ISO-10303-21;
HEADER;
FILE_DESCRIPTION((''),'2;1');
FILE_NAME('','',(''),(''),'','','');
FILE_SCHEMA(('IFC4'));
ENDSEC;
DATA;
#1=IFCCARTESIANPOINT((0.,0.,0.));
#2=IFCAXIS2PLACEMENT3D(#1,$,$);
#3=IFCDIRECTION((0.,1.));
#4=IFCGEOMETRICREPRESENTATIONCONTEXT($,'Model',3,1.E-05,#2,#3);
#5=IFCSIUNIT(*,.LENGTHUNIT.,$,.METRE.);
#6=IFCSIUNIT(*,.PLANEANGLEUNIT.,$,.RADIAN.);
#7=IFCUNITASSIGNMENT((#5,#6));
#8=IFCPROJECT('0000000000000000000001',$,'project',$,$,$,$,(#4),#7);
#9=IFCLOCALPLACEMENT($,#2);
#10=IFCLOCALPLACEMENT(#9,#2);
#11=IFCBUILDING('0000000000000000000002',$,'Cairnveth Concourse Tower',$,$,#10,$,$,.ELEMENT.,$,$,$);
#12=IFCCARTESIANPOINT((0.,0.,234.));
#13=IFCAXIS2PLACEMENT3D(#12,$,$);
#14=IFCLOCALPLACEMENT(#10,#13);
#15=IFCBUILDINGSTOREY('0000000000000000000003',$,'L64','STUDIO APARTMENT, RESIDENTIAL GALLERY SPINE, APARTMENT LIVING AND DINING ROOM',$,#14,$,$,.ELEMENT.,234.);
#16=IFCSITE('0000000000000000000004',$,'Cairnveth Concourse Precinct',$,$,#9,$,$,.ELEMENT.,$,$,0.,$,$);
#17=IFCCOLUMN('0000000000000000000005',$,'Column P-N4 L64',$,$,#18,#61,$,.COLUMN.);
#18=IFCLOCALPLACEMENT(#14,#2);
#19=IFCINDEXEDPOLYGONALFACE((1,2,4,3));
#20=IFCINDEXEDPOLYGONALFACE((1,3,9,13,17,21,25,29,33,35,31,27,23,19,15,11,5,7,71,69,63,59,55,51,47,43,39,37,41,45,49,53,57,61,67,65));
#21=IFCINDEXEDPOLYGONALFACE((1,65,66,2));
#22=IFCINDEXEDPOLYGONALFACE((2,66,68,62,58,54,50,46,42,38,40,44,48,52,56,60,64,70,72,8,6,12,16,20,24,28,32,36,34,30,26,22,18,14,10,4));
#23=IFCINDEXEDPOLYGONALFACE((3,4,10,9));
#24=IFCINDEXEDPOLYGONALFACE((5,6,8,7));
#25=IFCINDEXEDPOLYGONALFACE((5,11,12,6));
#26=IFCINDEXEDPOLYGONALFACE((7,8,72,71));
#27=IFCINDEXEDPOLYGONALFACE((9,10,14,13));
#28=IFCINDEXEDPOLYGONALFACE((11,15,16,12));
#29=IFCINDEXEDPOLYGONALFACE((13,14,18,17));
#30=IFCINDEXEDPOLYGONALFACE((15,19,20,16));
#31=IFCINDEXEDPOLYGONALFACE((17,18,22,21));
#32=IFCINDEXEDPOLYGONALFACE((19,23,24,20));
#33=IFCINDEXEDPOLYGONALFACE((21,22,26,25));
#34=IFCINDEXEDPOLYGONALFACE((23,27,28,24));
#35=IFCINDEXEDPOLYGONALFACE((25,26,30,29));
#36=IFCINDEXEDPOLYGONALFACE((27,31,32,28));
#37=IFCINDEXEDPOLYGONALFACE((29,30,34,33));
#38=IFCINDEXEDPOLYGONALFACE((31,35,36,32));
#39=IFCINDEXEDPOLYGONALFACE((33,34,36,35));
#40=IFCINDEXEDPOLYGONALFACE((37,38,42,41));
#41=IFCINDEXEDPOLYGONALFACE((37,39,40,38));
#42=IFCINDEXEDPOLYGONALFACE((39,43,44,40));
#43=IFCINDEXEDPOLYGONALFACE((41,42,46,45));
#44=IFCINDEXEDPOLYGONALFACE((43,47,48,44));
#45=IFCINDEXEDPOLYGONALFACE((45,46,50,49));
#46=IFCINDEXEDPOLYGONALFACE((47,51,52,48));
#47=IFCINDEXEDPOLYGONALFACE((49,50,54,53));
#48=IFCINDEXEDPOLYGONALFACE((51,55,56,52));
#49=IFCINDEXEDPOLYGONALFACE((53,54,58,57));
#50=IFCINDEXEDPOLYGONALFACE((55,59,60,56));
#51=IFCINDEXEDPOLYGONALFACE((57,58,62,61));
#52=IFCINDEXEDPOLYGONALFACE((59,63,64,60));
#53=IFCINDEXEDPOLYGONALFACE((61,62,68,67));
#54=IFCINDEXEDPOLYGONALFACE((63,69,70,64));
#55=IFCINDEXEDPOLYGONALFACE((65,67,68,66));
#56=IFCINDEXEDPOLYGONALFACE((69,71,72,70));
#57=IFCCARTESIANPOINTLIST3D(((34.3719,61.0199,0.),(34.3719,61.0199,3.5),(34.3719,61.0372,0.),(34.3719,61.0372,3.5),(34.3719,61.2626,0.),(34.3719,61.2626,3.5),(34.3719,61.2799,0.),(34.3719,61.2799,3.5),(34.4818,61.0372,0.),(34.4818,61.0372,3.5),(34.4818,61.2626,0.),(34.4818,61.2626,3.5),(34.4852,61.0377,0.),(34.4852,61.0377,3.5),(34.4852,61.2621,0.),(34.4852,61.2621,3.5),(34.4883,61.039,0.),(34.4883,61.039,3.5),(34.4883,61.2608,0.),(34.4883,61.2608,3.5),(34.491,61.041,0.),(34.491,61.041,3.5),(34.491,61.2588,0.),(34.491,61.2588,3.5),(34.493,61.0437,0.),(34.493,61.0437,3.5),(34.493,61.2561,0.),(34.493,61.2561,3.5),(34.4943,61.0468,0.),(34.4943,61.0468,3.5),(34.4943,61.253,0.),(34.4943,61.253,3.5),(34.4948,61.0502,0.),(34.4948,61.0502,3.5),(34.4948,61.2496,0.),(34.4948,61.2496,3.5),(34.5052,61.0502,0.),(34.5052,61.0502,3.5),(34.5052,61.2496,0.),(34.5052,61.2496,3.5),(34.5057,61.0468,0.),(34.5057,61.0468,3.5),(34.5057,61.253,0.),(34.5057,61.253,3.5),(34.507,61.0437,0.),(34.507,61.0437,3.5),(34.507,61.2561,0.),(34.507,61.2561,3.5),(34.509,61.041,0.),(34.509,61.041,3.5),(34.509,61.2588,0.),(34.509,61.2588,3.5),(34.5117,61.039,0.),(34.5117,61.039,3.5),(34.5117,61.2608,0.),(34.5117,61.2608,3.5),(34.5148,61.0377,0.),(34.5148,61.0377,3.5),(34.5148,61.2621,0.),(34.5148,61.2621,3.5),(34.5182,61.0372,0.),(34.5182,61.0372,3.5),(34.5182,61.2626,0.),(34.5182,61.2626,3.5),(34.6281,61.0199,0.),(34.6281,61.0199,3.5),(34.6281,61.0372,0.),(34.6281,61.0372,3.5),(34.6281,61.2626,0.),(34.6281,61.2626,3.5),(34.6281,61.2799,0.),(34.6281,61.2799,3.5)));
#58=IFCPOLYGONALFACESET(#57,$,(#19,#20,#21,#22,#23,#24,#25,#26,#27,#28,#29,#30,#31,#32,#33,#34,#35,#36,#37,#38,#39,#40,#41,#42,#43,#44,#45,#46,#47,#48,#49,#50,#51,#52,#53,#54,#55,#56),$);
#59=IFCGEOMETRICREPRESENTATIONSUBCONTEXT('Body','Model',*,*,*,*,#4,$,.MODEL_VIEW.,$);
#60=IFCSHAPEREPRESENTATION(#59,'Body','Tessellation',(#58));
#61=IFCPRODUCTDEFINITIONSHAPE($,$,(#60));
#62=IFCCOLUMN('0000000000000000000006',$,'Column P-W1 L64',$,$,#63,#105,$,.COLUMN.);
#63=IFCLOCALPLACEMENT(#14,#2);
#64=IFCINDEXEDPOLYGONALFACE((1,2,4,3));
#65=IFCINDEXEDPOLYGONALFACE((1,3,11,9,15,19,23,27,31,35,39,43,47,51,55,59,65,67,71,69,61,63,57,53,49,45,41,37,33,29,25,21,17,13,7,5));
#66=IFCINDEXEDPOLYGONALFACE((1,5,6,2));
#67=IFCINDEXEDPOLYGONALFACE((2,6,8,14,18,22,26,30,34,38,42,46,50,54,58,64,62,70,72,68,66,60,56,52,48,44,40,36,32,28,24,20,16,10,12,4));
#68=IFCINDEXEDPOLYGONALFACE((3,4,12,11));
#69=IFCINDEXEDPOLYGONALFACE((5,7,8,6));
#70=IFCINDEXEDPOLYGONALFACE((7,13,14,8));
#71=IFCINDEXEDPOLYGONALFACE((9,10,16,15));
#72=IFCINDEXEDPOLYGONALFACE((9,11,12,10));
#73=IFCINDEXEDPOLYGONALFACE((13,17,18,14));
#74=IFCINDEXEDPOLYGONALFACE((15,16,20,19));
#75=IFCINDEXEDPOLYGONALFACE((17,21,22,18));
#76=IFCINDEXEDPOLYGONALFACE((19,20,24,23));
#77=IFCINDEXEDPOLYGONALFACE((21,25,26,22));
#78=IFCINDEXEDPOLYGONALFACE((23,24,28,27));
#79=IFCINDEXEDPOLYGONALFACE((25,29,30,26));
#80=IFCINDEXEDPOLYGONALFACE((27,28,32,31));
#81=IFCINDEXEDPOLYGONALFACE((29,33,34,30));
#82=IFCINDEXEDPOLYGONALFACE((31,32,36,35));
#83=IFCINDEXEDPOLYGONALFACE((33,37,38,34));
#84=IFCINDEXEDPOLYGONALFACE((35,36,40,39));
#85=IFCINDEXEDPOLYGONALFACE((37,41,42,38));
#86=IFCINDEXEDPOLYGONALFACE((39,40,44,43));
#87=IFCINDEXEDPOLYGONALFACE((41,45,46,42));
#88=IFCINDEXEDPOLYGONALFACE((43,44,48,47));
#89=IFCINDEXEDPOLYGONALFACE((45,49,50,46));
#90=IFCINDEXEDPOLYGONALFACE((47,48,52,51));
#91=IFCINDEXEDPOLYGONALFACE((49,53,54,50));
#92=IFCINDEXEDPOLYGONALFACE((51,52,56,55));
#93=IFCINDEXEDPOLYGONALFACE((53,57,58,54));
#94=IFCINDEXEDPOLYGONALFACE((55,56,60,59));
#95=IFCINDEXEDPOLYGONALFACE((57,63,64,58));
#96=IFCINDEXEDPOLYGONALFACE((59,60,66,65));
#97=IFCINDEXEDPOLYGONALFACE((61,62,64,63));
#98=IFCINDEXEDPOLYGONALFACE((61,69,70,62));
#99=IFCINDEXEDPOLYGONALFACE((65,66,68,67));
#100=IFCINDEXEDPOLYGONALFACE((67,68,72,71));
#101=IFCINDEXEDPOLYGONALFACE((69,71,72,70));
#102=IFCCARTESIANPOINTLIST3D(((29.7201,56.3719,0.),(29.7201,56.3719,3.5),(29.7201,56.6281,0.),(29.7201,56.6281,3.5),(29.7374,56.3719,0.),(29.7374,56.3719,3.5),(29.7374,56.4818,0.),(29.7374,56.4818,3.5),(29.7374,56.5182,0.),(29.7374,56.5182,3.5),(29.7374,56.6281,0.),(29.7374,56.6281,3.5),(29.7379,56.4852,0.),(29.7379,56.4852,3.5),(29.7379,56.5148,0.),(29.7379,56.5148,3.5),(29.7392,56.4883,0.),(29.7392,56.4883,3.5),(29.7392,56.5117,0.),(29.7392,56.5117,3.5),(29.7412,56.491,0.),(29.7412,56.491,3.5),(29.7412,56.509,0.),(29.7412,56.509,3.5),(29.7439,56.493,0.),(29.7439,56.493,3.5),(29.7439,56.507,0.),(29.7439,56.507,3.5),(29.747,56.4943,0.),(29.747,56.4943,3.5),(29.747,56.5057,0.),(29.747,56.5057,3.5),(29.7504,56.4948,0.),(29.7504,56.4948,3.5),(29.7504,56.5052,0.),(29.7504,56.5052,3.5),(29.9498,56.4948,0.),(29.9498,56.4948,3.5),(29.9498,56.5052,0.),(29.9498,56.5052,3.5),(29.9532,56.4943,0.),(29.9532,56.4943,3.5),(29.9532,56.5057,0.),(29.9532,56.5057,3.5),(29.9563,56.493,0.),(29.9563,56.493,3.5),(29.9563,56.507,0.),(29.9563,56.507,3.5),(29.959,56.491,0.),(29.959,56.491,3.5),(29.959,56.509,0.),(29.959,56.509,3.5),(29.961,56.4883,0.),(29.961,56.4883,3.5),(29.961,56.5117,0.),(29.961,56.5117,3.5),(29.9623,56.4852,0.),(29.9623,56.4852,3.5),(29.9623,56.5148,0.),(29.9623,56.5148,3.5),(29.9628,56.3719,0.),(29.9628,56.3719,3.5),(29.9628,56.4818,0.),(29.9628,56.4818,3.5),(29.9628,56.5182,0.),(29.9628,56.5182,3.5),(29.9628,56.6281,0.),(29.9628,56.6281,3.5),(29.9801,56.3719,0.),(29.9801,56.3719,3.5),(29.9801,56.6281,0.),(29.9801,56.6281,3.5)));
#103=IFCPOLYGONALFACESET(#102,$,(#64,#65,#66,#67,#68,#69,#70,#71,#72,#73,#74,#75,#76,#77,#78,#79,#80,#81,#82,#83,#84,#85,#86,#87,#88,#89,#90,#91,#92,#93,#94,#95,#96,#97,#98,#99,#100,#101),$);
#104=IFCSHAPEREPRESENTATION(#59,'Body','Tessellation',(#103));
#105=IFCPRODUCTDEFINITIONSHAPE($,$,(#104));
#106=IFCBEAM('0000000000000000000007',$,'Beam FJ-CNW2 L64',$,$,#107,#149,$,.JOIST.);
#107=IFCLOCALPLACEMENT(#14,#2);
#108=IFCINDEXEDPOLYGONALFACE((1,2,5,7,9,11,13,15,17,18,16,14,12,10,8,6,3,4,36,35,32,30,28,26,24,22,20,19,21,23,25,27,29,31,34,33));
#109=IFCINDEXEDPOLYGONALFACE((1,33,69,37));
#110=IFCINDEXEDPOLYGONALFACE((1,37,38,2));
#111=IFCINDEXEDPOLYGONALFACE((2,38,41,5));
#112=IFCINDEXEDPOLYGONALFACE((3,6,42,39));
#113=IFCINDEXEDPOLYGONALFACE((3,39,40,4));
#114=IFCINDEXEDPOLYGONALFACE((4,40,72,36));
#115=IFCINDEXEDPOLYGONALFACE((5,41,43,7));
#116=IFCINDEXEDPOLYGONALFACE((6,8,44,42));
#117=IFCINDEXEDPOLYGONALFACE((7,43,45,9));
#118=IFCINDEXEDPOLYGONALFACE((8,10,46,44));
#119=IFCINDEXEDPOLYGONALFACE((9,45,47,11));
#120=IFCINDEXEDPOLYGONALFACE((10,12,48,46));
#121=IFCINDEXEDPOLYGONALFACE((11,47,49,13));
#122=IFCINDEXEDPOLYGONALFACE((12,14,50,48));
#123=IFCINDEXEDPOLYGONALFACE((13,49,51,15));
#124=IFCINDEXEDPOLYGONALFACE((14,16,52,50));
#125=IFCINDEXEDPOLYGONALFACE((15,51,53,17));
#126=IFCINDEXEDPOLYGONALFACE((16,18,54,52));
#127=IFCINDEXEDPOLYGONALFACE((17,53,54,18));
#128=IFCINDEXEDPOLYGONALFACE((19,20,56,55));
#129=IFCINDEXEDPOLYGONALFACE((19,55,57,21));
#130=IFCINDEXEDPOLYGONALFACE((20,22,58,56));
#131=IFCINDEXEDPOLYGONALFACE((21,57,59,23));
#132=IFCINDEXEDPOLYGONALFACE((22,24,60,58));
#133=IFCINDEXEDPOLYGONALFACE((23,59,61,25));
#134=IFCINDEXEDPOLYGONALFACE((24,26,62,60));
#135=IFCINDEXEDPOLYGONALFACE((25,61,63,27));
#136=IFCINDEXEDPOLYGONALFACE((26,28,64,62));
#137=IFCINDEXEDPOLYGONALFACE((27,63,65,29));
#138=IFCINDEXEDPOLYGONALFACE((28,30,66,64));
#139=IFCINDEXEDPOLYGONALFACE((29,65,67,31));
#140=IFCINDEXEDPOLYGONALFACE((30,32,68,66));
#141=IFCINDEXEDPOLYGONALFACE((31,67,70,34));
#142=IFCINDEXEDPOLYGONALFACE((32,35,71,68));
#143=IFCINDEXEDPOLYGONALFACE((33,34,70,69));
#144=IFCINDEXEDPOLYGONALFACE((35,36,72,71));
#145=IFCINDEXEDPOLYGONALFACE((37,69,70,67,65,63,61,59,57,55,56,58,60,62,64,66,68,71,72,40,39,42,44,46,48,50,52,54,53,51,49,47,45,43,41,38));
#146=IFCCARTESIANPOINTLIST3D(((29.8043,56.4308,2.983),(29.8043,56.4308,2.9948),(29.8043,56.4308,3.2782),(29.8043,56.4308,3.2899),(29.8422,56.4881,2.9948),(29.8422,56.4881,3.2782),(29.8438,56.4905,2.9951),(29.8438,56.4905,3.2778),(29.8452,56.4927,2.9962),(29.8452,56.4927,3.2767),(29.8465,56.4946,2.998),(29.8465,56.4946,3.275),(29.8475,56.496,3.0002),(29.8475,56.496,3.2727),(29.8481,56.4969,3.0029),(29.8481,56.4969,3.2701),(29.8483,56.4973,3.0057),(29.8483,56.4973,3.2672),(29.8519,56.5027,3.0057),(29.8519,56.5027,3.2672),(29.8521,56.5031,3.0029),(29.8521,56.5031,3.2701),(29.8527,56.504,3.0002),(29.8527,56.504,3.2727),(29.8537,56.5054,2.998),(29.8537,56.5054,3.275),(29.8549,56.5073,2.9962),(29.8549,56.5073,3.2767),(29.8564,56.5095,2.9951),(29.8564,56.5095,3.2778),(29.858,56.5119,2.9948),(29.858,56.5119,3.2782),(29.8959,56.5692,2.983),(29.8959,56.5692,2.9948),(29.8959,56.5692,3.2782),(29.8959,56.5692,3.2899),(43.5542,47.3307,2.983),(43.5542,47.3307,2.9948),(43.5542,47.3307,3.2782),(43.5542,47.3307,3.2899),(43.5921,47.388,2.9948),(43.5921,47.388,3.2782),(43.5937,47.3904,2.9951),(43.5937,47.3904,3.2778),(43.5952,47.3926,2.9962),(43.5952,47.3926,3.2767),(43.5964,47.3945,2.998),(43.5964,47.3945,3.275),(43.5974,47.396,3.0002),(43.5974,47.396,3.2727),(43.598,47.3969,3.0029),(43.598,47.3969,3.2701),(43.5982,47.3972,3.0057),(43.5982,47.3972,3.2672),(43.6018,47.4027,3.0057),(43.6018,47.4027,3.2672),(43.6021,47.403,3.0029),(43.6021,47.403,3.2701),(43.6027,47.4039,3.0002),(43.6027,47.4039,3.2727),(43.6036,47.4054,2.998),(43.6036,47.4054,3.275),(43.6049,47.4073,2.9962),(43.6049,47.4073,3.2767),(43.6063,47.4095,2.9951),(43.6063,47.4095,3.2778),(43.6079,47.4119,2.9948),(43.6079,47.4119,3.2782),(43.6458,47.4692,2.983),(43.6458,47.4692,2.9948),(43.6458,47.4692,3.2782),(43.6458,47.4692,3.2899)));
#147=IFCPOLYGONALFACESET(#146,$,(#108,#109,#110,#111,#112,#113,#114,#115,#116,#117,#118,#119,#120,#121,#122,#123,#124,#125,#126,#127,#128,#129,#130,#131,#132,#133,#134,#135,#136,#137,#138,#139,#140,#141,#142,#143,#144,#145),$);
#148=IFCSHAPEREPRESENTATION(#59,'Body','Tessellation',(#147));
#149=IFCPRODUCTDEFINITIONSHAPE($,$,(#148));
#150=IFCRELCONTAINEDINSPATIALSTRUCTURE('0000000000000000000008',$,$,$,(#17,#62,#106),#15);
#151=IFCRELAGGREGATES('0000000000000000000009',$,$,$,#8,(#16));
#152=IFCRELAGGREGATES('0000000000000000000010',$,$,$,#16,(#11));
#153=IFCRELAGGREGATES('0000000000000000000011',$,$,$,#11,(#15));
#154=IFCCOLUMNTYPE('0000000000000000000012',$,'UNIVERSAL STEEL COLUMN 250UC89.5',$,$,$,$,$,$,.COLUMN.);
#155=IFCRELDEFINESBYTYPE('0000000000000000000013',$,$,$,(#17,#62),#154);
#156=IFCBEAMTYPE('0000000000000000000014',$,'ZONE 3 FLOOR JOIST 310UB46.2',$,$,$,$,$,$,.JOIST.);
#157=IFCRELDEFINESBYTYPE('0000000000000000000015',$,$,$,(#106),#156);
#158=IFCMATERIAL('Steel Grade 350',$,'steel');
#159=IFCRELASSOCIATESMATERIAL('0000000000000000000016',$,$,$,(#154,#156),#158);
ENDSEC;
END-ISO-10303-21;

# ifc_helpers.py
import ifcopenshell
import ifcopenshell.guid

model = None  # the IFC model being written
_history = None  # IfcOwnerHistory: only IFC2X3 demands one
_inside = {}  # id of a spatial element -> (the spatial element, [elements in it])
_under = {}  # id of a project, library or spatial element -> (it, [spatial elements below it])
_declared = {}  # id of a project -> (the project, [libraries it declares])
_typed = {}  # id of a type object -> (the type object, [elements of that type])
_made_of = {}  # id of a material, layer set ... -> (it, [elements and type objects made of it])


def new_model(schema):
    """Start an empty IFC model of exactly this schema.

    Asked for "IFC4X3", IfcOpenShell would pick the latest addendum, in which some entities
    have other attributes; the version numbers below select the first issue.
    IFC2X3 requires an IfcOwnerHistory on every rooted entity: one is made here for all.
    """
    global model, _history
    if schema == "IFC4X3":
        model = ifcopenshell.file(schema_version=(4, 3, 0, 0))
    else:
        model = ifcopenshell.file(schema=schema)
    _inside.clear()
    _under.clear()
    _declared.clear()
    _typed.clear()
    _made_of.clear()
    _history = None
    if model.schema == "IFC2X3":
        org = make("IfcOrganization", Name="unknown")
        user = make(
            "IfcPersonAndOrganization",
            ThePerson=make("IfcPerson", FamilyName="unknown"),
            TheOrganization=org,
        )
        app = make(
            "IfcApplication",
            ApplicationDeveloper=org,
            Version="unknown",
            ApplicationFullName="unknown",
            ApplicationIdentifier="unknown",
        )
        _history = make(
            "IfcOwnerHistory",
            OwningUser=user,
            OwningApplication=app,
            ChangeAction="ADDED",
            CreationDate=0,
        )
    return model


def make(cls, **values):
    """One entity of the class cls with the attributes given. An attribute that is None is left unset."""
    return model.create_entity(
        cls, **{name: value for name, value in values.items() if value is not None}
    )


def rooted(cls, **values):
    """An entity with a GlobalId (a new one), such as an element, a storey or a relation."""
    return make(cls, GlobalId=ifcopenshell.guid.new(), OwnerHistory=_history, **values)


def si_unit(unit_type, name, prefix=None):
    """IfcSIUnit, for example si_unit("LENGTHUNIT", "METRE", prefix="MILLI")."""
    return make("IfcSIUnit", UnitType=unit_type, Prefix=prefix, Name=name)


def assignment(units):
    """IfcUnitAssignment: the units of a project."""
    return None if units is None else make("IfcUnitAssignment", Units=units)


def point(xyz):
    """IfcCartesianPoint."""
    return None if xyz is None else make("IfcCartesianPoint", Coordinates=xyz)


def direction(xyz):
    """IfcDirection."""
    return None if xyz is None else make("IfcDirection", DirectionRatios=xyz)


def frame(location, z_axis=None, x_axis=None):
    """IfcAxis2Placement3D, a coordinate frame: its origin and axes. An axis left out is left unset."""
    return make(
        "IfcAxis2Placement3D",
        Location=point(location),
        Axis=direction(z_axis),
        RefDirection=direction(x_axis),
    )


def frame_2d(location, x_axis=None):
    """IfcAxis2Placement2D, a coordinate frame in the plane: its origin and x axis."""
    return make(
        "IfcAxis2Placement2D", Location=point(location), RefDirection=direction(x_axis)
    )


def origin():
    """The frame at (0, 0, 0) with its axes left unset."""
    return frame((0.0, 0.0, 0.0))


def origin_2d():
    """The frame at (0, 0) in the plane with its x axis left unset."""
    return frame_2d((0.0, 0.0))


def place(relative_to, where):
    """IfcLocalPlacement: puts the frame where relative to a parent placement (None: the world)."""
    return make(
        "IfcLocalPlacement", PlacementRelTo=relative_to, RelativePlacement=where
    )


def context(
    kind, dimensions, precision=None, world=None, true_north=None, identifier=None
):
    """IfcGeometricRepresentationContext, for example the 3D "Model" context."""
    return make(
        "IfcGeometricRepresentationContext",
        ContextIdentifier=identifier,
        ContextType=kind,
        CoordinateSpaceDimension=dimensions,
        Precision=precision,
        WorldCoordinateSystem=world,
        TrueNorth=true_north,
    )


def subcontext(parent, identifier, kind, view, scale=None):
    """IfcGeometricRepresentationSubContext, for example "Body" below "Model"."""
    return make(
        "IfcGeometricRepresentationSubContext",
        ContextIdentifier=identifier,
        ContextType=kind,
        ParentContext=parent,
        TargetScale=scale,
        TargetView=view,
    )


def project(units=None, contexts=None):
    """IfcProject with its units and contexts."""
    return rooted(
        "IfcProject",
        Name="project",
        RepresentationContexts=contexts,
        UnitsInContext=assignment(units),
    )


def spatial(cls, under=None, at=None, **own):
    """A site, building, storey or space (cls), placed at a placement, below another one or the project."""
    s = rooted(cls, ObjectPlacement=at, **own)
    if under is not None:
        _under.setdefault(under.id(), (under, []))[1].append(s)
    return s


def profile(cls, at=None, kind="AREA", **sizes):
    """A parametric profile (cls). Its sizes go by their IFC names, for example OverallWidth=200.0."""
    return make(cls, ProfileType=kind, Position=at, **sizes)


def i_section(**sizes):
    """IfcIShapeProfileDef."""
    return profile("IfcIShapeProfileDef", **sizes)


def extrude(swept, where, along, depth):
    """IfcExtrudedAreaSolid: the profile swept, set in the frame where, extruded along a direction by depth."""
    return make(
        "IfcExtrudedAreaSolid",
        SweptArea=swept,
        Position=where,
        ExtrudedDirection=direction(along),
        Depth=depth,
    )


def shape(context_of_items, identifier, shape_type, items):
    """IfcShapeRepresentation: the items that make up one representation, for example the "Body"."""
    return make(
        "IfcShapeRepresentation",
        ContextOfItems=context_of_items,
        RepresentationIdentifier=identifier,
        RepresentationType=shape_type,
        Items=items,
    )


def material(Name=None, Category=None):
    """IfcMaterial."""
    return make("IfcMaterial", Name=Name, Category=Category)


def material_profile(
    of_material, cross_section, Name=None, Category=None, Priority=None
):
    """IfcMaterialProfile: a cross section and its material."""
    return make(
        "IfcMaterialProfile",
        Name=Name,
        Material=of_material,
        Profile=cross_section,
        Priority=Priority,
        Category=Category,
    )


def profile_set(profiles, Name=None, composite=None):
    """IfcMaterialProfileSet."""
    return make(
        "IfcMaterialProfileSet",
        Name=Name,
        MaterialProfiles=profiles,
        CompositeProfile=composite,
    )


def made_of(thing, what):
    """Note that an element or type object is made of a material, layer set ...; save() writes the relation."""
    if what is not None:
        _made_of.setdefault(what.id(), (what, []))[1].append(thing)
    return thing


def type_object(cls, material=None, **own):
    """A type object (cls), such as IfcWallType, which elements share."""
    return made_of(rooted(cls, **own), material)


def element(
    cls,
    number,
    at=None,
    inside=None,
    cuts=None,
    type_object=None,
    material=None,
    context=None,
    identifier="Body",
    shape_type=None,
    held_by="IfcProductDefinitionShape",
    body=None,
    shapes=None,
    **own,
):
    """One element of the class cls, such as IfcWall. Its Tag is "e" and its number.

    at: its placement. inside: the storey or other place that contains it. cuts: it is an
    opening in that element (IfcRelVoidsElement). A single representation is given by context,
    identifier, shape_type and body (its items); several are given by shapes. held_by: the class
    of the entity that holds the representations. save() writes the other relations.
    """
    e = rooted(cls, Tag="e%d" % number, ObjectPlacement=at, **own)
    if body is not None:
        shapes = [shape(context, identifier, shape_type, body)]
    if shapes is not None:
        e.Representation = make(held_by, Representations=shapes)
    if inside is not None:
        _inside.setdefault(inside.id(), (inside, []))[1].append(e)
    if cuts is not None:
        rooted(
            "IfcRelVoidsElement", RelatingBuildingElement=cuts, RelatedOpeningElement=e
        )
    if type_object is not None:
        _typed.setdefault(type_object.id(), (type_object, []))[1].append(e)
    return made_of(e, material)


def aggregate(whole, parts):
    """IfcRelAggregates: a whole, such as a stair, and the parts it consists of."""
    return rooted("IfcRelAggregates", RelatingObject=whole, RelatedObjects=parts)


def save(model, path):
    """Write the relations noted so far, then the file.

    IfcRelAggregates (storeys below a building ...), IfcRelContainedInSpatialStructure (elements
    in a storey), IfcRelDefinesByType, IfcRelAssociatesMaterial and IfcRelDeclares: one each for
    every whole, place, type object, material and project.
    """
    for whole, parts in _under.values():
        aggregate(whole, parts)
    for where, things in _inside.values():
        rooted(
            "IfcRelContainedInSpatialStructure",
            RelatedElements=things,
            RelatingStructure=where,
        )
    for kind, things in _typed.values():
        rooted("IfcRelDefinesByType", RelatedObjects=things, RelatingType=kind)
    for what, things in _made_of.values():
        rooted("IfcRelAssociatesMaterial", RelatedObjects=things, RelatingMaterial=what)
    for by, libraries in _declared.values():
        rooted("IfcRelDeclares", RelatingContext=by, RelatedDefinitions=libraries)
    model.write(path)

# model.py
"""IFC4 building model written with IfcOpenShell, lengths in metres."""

from ifc_helpers import new_model, si_unit, direction, frame, origin, origin_2d, place, context, subcontext, project, spatial, i_section, extrude, material, material_profile, profile_set, type_object, element, save


model = new_model("IFC4")

# Units and contexts
model_context = context("Model", 3, precision=1e-05, world=origin(), true_north=direction((0.0, 1.0)))
body_context = subcontext(model_context, "Body", "Model", "MODEL_VIEW")
ifc_project = project(units=[si_unit("LENGTHUNIT", "METRE"), si_unit("PLANEANGLEUNIT", "RADIAN")], contexts=[model_context])

# Site, building, storey
site_placement = place(None, origin())
site = spatial("IfcSite", under=ifc_project, at=site_placement, Name="Cairnveth Concourse Precinct", CompositionType="ELEMENT", RefElevation=0.0)
building_placement = place(site_placement, origin())
building = spatial("IfcBuilding", under=site, at=building_placement, Name="Cairnveth Concourse Tower", CompositionType="ELEMENT")
storey_placement = place(building_placement, frame((0.0, 0.0, 234.0)))
storey = spatial("IfcBuildingStorey", under=building, at=storey_placement, Name="L64", Description="STUDIO APARTMENT, RESIDENTIAL GALLERY SPINE, APARTMENT LIVING AND DINING ROOM", CompositionType="ELEMENT", Elevation=234.0)

# Columns
ifc_material_1 = material(Name="Steel Grade 350", Category="steel")
ifc_material_profile_1 = material_profile(ifc_material_1, i_section(OverallWidth=0.2561, OverallDepth=0.26, WebThickness=0.0105, FlangeThickness=0.0173, FilletRadius=0.0129, at=origin_2d()), Name="250UC89.5")
ifc_profile_set_1 = profile_set([ifc_material_profile_1], Name="Steel Grade 350")
column_type = type_object("IfcColumnType", Name="UNIVERSAL STEEL COLUMN 250UC89.5", PredefinedType="COLUMN", material=ifc_profile_set_1)
for number, where, z_axis, x_axis, name in (
    (1, (34.5, 61.1499, 0.0), (0.0, 0.0, 1.0), (1.0, 0.0, 0.0), "Column P-N4 L64"),
    (2, (29.8501, 56.5, 0.0), (0.0, 0.0, 1.0), (0.0, 1.0, 0.0), "Column P-W1 L64"),
):
    element("IfcColumn", number, at=place(storey_placement, frame(where, z_axis=z_axis, x_axis=x_axis)), inside=storey, type_object=column_type, Name=name, PredefinedType="COLUMN", context=body_context, shape_type="SweptSolid", body=[
        extrude(i_section(OverallWidth=0.2561, OverallDepth=0.26, WebThickness=0.0105, FlangeThickness=0.0173, FilletRadius=0.0129, at=origin_2d()), origin(), (0.0, 0.0, 1.0), 3.5),
    ])

# Beam
ifc_material_profile_2 = material_profile(ifc_material_1, i_section(OverallWidth=0.166, OverallDepth=0.3069, WebThickness=0.0066, FlangeThickness=0.0117, FilletRadius=0.011, at=origin_2d()), Name="310UB46.2")
ifc_profile_set_2 = profile_set([ifc_material_profile_2], Name="Steel Grade 350")
beam_type_1 = type_object("IfcBeamType", Name="ZONE 3 FLOOR JOIST 310UB46.2", PredefinedType="JOIST", material=ifc_profile_set_2)
beam_1_placement = place(storey_placement, frame((29.8501, 56.5, 3.1365), z_axis=(0.833909, -0.551902, 0.0), x_axis=(0.551902, 0.833909, 0.0)))
element("IfcBeam", 3, at=beam_1_placement, inside=storey, type_object=beam_type_1, Name="Beam FJ-CNW2 L64", PredefinedType="JOIST", context=body_context, shape_type="SweptSolid", body=[
    extrude(i_section(OverallWidth=0.166, OverallDepth=0.3069, WebThickness=0.0066, FlangeThickness=0.0117, FilletRadius=0.011, at=origin_2d()), origin(), (0.0, 0.0, 1.0), 16.4885),
])

save(model, "model.ifc")
